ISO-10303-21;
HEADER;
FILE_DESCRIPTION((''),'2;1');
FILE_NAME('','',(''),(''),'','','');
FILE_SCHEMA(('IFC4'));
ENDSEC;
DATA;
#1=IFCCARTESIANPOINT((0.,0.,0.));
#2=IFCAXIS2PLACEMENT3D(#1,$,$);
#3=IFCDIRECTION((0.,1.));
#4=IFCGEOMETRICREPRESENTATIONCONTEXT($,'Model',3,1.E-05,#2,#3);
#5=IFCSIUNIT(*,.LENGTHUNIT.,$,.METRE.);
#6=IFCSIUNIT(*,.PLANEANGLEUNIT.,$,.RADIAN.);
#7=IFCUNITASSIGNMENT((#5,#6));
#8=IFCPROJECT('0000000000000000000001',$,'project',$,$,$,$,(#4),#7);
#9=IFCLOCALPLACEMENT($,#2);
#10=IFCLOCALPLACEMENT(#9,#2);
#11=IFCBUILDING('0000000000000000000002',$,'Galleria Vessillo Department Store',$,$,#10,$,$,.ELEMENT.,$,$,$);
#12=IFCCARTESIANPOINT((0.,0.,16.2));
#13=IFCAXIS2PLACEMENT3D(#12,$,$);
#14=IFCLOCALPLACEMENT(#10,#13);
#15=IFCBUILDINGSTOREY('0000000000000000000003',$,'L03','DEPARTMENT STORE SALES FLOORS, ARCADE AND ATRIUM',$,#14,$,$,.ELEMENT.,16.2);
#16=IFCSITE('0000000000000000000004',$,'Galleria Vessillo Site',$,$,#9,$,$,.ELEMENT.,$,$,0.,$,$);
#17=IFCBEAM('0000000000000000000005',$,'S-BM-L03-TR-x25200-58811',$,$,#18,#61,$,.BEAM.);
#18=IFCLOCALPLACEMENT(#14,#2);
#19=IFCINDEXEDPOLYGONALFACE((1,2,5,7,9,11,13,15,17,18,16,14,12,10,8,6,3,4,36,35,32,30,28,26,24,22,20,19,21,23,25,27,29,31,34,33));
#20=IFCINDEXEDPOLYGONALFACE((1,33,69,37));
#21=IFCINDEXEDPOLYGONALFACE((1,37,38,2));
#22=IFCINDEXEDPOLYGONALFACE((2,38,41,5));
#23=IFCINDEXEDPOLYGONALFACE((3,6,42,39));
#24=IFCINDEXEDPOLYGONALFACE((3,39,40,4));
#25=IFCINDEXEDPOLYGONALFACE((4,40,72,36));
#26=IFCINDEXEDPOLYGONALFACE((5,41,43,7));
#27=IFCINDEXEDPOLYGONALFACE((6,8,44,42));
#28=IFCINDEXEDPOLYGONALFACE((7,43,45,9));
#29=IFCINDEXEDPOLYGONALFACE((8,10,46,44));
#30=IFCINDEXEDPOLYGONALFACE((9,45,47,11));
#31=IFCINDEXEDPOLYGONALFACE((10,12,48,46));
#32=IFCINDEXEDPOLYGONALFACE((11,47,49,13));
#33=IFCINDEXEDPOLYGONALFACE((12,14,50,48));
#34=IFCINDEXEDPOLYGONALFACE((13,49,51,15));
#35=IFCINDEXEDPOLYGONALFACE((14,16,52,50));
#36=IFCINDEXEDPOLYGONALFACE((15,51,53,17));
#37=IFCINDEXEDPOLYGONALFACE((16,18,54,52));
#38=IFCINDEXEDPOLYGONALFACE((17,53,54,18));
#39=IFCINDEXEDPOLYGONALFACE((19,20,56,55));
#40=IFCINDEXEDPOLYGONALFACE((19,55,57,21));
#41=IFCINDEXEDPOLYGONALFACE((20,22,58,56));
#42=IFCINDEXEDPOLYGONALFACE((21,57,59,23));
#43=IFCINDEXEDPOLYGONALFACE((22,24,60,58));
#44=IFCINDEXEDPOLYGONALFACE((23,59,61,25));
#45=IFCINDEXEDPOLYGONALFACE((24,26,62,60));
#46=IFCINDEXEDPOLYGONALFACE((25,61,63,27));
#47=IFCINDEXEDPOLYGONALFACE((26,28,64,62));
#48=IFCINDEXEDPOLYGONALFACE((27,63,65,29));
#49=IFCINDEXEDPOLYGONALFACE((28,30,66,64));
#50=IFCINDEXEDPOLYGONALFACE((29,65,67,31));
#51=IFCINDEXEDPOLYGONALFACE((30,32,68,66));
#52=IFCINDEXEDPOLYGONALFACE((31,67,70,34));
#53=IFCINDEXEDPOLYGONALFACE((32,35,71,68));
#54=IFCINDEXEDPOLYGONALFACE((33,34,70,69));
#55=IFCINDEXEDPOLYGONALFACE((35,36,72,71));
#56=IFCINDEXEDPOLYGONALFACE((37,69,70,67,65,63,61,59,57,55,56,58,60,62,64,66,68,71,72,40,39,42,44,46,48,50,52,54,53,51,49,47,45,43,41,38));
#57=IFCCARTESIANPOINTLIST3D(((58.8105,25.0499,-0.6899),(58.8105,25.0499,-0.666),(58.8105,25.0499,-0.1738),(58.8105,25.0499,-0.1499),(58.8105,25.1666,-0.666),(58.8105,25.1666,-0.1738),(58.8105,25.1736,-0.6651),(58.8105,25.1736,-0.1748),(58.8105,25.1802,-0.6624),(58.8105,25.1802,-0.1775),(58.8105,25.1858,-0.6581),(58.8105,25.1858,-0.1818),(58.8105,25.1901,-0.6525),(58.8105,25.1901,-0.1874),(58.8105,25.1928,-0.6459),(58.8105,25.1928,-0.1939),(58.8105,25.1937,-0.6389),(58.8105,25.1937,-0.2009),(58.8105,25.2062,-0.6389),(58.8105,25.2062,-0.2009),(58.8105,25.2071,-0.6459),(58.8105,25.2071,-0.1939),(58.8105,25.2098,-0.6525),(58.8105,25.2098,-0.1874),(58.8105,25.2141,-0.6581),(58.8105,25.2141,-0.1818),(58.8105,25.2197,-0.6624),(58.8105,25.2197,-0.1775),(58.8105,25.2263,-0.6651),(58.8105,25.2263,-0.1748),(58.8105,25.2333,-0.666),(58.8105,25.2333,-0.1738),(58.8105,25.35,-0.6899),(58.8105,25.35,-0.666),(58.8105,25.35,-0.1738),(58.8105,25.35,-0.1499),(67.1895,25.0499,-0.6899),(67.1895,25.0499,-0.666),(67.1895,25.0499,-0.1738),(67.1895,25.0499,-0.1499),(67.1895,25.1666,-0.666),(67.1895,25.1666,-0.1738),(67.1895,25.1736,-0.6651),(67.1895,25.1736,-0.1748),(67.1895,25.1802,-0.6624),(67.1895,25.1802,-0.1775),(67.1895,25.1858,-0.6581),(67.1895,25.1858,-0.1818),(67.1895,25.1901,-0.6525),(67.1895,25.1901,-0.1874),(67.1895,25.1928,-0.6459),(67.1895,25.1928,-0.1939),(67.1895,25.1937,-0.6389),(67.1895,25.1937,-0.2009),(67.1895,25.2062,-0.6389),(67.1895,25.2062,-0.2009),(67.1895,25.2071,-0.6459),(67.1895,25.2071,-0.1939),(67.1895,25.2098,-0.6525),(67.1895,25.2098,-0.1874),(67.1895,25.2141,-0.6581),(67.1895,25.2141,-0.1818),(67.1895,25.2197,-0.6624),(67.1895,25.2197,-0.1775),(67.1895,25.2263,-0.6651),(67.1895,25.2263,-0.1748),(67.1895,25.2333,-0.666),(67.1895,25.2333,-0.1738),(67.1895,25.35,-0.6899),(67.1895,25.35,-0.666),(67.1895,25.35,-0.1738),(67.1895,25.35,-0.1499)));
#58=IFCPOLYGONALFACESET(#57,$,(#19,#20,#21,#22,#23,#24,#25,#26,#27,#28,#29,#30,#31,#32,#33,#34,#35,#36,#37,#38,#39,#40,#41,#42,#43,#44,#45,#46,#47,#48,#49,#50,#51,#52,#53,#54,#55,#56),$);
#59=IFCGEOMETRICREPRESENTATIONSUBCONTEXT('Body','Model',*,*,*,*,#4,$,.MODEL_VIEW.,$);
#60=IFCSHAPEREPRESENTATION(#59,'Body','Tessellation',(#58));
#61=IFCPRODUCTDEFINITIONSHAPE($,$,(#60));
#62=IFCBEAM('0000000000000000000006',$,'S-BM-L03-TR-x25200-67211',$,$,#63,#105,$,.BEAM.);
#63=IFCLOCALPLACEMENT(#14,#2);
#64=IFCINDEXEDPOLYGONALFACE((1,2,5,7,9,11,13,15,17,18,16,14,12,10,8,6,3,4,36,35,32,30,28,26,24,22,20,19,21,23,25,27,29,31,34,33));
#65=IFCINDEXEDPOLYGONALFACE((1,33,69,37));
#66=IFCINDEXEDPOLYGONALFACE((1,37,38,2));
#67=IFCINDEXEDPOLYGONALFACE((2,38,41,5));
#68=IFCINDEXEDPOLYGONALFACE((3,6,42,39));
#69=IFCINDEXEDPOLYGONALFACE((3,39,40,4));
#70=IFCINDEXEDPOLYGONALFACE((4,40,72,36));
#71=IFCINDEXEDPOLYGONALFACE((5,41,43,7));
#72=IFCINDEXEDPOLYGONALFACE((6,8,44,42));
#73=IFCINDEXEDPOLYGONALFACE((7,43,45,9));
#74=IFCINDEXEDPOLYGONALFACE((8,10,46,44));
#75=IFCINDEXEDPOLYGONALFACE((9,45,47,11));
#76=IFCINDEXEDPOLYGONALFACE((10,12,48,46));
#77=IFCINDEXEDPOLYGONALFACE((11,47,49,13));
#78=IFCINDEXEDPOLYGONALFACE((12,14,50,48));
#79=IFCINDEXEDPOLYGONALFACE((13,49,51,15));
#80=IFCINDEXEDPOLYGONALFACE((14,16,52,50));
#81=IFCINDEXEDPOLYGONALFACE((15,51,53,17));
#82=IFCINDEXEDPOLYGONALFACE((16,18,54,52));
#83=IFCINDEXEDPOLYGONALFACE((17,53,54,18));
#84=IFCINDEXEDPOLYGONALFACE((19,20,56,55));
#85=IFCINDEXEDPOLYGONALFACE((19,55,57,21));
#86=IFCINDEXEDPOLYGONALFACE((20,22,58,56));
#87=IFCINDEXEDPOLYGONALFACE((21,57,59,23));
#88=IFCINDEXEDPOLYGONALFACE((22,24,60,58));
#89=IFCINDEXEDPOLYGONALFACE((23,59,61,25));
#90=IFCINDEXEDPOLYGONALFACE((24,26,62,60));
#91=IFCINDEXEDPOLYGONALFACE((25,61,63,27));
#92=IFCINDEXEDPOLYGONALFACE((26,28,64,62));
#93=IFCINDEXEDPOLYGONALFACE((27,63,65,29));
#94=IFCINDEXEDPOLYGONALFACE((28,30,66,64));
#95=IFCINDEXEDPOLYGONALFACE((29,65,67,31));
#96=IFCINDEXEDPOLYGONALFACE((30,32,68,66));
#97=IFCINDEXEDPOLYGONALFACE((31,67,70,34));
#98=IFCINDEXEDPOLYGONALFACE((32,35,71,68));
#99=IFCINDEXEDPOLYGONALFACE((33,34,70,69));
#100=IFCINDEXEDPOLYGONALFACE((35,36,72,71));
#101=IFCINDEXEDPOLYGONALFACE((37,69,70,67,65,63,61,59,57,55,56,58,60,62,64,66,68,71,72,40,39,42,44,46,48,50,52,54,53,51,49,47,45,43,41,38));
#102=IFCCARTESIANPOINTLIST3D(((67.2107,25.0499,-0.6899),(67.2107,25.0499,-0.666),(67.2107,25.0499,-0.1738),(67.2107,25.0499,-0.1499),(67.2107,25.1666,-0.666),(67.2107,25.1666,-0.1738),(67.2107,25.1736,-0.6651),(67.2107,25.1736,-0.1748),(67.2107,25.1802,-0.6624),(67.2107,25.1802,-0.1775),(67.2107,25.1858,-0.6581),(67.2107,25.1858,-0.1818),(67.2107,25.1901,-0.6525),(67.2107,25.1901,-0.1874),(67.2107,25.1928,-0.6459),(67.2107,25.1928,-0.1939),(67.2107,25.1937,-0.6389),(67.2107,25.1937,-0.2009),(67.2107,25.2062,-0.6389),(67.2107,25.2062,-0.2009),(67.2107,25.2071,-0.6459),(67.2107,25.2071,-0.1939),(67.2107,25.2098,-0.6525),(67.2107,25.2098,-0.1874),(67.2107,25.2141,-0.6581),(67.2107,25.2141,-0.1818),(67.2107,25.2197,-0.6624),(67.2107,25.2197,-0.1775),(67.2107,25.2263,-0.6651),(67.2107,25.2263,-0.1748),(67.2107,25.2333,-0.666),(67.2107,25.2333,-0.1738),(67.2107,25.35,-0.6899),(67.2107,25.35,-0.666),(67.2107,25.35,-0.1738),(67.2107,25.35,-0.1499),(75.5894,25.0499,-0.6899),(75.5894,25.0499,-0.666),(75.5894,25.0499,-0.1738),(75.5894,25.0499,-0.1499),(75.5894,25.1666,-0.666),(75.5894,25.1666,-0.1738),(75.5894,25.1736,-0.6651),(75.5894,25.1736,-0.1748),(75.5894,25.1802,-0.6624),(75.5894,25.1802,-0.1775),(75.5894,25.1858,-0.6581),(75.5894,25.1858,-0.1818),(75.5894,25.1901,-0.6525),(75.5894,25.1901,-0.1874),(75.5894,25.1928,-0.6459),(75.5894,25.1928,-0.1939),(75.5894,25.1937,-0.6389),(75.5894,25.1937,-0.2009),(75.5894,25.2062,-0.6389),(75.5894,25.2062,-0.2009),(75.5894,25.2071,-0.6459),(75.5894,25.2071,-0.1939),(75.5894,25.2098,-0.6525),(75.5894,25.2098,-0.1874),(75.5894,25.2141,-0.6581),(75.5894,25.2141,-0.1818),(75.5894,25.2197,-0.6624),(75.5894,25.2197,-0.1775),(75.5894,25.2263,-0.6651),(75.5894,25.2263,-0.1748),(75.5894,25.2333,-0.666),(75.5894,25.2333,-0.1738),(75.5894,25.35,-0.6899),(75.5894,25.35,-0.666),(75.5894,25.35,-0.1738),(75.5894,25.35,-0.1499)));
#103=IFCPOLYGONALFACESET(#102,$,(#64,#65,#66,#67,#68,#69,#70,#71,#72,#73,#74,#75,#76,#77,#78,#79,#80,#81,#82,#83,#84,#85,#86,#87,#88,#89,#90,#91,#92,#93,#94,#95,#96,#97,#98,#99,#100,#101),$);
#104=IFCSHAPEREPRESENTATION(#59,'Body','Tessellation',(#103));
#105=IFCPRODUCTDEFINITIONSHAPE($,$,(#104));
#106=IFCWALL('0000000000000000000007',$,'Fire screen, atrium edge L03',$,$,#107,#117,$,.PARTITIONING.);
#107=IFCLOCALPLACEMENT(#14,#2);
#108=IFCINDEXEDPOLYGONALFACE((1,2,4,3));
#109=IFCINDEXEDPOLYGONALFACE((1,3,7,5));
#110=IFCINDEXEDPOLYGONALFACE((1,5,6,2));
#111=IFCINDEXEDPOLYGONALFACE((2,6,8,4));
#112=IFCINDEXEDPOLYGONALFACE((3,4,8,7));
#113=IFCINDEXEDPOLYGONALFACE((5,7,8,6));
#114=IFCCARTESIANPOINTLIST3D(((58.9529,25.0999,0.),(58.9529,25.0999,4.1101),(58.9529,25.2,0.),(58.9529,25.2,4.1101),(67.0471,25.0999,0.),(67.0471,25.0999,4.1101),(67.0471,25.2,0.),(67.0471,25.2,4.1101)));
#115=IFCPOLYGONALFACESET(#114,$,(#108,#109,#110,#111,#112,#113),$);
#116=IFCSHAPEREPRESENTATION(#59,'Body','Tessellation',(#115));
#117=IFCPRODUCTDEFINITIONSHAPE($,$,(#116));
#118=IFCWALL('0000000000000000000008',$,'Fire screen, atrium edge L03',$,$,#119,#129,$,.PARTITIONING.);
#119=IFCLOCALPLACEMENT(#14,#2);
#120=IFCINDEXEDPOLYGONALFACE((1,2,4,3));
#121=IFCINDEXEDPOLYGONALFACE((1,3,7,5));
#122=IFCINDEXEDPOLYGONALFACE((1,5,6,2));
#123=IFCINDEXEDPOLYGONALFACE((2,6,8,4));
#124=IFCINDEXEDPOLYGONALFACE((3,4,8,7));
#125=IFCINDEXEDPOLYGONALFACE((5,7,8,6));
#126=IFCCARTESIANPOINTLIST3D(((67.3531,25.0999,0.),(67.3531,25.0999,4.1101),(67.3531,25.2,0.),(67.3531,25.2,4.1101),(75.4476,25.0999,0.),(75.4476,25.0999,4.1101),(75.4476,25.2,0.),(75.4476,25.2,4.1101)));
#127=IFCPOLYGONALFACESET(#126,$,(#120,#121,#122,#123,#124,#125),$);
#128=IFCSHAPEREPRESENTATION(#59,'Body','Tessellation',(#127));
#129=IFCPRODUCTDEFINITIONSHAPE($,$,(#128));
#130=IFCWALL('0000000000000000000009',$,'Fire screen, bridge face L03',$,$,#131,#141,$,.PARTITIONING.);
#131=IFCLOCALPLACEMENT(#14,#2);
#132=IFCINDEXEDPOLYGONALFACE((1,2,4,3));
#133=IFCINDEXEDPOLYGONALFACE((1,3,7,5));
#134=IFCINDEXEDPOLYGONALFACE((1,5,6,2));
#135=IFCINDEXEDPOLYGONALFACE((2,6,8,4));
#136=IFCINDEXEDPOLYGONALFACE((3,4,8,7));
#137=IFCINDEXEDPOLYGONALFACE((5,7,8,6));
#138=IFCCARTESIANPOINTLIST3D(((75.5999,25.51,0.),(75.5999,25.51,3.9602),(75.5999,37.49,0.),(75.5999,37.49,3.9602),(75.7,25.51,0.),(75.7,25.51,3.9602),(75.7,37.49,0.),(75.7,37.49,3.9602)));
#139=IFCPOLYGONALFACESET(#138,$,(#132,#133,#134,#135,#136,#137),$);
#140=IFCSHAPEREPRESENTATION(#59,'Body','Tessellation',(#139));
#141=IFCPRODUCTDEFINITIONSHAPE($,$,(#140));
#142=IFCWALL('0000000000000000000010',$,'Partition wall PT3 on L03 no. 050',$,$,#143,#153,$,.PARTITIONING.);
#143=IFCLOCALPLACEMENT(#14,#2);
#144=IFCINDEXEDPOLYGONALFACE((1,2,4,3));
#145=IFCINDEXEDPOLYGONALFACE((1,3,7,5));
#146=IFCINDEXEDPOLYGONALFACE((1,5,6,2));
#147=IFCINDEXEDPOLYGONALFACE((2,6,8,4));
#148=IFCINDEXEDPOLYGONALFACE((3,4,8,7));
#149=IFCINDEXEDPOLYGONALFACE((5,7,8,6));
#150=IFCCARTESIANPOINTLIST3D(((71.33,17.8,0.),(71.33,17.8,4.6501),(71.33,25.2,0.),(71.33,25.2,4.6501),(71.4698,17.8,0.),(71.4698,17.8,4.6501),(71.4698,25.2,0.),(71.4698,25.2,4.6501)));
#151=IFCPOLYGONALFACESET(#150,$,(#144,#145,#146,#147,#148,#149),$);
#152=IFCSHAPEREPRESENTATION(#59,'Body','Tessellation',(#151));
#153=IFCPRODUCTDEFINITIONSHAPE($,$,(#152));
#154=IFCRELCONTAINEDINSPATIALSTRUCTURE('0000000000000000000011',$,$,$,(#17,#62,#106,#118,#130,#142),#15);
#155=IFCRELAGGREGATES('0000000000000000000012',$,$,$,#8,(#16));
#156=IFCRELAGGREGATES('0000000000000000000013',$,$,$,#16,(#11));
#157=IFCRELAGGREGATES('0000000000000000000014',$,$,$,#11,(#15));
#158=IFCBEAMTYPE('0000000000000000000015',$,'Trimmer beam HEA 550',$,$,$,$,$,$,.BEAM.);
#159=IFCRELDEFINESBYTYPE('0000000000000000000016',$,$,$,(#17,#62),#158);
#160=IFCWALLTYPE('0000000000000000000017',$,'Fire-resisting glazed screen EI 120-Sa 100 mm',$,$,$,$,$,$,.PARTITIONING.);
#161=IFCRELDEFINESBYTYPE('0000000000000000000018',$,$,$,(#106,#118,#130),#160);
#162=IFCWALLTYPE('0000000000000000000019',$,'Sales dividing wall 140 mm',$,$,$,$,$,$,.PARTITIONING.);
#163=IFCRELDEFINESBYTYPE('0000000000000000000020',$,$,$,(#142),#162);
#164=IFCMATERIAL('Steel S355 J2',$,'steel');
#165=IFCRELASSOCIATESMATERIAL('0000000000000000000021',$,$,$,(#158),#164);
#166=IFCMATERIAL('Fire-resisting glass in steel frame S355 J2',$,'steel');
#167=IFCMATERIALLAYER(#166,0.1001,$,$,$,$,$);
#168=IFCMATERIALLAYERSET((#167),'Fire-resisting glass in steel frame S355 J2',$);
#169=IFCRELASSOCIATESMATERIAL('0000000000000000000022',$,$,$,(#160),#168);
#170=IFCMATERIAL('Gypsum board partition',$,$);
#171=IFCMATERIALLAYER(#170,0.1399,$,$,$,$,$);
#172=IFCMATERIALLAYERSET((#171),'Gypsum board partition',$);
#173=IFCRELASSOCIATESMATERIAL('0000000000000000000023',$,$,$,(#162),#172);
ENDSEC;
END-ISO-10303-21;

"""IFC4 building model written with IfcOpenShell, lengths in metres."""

from ifc_helpers import new_model, si_unit, direction, frame, frame_2d, origin, origin_2d, place, context, subcontext, project, spatial, rectangle, i_section, extrude, material, layer, layer_set, material_profile, profile_set, type_object, element, save


model = new_model("IFC4")

# Units and contexts
model_context = context("Model", 3, precision=1e-05, world=origin(), true_north=direction((0.0, 1.0)))
body_context = subcontext(model_context, "Body", "Model", "MODEL_VIEW")
ifc_project = project(units=[si_unit("LENGTHUNIT", "METRE"), si_unit("PLANEANGLEUNIT", "RADIAN")], contexts=[model_context])

# Site, building, storey
site_placement = place(None, origin())
site = spatial("IfcSite", under=ifc_project, at=site_placement, Name="Galleria Vessillo Site", CompositionType="ELEMENT", RefElevation=0.0)
building_placement = place(site_placement, origin())
building = spatial("IfcBuilding", under=site, at=building_placement, Name="Galleria Vessillo Department Store", CompositionType="ELEMENT")
storey_placement = place(building_placement, frame((0.0, 0.0, 16.2)))
storey = spatial("IfcBuildingStorey", under=building, at=storey_placement, Name="L03", Description="DEPARTMENT STORE SALES FLOORS, ARCADE AND ATRIUM", CompositionType="ELEMENT", Elevation=16.2)

# Beams
ifc_material_1 = material(Name="Steel S355 J2", Category="steel")
ifc_material_profile_1 = material_profile(ifc_material_1, i_section(OverallWidth=0.3, OverallDepth=0.54, WebThickness=0.0125, FlangeThickness=0.0239, FilletRadius=0.0271, at=origin_2d()), Name="HEA 550")
ifc_profile_set_1 = profile_set([ifc_material_profile_1], Name="Steel S355 J2")
beam_type_1 = type_object("IfcBeamType", Name="Trimmer beam HEA 550", PredefinedType="BEAM", material=ifc_profile_set_1)
beam_1_placement = place(storey_placement, frame((58.8105, 25.2, -0.4199), z_axis=(1.0, 0.0, 0.0), x_axis=(0.0, 1.0, 0.0)))
element("IfcBeam", 1, at=beam_1_placement, inside=storey, type_object=beam_type_1, Name="S-BM-L03-TR-x25200-58811", PredefinedType="BEAM", context=body_context, shape_type="SweptSolid", body=[
    extrude(i_section(OverallWidth=0.3, OverallDepth=0.54, WebThickness=0.0125, FlangeThickness=0.0239, FilletRadius=0.0271, at=origin_2d()), origin(), (0.0, 0.0, 1.0), 8.3789),
])
beam_2_placement = place(storey_placement, frame((67.2107, 25.2, -0.4199), z_axis=(1.0, 0.0, 0.0), x_axis=(0.0, 1.0, 0.0)))
element("IfcBeam", 2, at=beam_2_placement, inside=storey, type_object=beam_type_1, Name="S-BM-L03-TR-x25200-67211", PredefinedType="BEAM", context=body_context, shape_type="SweptSolid", body=[
    extrude(i_section(OverallWidth=0.3, OverallDepth=0.54, WebThickness=0.0125, FlangeThickness=0.0239, FilletRadius=0.0271, at=origin_2d()), origin(), (0.0, 0.0, 1.0), 8.3787),
])

# Walls
ifc_material_2 = material(Name="Fire-resisting glass in steel frame S355 J2", Category="steel")
ifc_layer_1 = layer(ifc_material_2, 0.1001)
ifc_layer_set_1 = layer_set([ifc_layer_1], Name="Fire-resisting glass in steel frame S355 J2")
wall_type_1 = type_object("IfcWallType", Name="Fire-resisting glazed screen EI 120-Sa 100 mm", PredefinedType="PARTITIONING", material=ifc_layer_set_1)
wall_1_placement = place(storey_placement, frame((58.9529, 25.1499, 0.0), z_axis=(0.0, 0.0, 1.0), x_axis=(1.0, 0.0, 0.0)))
element("IfcWall", 3, at=wall_1_placement, inside=storey, type_object=wall_type_1, Name="Fire screen, atrium edge L03", PredefinedType="PARTITIONING", context=body_context, shape_type="SweptSolid", body=[
    extrude(rectangle(XDim=8.0942, YDim=0.1001, at=frame_2d((4.0471, 0.0))), origin(), (0.0, 0.0, 1.0), 4.1101),
])
wall_2_placement = place(storey_placement, frame((67.353, 25.1499, 0.0), z_axis=(0.0, 0.0, 1.0), x_axis=(1.0, 0.0, 0.0)))
element("IfcWall", 4, at=wall_2_placement, inside=storey, type_object=wall_type_1, Name="Fire screen, atrium edge L03", PredefinedType="PARTITIONING", context=body_context, shape_type="SweptSolid", body=[
    extrude(rectangle(XDim=8.0945, YDim=0.1001, at=frame_2d((4.0474, 0.0))), origin(), (0.0, 0.0, 1.0), 4.1101),
])
wall_3_placement = place(storey_placement, frame((75.6499, 25.51, 0.0), z_axis=(0.0, 0.0, 1.0), x_axis=(0.0, 1.0, 0.0)))
element("IfcWall", 5, at=wall_3_placement, inside=storey, type_object=wall_type_1, Name="Fire screen, bridge face L03", PredefinedType="PARTITIONING", context=body_context, shape_type="SweptSolid", body=[
    extrude(rectangle(XDim=11.98, YDim=0.1001, at=frame_2d((5.99, 0.0))), origin(), (0.0, 0.0, 1.0), 3.9602),
])
ifc_material_3 = material(Name="Gypsum board partition")
ifc_layer_2 = layer(ifc_material_3, 0.1399)
ifc_layer_set_2 = layer_set([ifc_layer_2], Name="Gypsum board partition")
wall_type_2 = type_object("IfcWallType", Name="Sales dividing wall 140 mm", PredefinedType="PARTITIONING", material=ifc_layer_set_2)
wall_4_placement = place(storey_placement, frame((71.3999, 17.8, 0.0), z_axis=(0.0, 0.0, 1.0), x_axis=(0.0, 1.0, 0.0)))
element("IfcWall", 6, at=wall_4_placement, inside=storey, type_object=wall_type_2, Name="Partition wall PT3 on L03 no. 050", PredefinedType="PARTITIONING", context=body_context, shape_type="SweptSolid", body=[
    extrude(rectangle(XDim=7.3999, YDim=0.1399, at=frame_2d((3.7, 0.0))), origin(), (0.0, 0.0, 1.0), 4.6501),
])

save(model, "model.ifc")
